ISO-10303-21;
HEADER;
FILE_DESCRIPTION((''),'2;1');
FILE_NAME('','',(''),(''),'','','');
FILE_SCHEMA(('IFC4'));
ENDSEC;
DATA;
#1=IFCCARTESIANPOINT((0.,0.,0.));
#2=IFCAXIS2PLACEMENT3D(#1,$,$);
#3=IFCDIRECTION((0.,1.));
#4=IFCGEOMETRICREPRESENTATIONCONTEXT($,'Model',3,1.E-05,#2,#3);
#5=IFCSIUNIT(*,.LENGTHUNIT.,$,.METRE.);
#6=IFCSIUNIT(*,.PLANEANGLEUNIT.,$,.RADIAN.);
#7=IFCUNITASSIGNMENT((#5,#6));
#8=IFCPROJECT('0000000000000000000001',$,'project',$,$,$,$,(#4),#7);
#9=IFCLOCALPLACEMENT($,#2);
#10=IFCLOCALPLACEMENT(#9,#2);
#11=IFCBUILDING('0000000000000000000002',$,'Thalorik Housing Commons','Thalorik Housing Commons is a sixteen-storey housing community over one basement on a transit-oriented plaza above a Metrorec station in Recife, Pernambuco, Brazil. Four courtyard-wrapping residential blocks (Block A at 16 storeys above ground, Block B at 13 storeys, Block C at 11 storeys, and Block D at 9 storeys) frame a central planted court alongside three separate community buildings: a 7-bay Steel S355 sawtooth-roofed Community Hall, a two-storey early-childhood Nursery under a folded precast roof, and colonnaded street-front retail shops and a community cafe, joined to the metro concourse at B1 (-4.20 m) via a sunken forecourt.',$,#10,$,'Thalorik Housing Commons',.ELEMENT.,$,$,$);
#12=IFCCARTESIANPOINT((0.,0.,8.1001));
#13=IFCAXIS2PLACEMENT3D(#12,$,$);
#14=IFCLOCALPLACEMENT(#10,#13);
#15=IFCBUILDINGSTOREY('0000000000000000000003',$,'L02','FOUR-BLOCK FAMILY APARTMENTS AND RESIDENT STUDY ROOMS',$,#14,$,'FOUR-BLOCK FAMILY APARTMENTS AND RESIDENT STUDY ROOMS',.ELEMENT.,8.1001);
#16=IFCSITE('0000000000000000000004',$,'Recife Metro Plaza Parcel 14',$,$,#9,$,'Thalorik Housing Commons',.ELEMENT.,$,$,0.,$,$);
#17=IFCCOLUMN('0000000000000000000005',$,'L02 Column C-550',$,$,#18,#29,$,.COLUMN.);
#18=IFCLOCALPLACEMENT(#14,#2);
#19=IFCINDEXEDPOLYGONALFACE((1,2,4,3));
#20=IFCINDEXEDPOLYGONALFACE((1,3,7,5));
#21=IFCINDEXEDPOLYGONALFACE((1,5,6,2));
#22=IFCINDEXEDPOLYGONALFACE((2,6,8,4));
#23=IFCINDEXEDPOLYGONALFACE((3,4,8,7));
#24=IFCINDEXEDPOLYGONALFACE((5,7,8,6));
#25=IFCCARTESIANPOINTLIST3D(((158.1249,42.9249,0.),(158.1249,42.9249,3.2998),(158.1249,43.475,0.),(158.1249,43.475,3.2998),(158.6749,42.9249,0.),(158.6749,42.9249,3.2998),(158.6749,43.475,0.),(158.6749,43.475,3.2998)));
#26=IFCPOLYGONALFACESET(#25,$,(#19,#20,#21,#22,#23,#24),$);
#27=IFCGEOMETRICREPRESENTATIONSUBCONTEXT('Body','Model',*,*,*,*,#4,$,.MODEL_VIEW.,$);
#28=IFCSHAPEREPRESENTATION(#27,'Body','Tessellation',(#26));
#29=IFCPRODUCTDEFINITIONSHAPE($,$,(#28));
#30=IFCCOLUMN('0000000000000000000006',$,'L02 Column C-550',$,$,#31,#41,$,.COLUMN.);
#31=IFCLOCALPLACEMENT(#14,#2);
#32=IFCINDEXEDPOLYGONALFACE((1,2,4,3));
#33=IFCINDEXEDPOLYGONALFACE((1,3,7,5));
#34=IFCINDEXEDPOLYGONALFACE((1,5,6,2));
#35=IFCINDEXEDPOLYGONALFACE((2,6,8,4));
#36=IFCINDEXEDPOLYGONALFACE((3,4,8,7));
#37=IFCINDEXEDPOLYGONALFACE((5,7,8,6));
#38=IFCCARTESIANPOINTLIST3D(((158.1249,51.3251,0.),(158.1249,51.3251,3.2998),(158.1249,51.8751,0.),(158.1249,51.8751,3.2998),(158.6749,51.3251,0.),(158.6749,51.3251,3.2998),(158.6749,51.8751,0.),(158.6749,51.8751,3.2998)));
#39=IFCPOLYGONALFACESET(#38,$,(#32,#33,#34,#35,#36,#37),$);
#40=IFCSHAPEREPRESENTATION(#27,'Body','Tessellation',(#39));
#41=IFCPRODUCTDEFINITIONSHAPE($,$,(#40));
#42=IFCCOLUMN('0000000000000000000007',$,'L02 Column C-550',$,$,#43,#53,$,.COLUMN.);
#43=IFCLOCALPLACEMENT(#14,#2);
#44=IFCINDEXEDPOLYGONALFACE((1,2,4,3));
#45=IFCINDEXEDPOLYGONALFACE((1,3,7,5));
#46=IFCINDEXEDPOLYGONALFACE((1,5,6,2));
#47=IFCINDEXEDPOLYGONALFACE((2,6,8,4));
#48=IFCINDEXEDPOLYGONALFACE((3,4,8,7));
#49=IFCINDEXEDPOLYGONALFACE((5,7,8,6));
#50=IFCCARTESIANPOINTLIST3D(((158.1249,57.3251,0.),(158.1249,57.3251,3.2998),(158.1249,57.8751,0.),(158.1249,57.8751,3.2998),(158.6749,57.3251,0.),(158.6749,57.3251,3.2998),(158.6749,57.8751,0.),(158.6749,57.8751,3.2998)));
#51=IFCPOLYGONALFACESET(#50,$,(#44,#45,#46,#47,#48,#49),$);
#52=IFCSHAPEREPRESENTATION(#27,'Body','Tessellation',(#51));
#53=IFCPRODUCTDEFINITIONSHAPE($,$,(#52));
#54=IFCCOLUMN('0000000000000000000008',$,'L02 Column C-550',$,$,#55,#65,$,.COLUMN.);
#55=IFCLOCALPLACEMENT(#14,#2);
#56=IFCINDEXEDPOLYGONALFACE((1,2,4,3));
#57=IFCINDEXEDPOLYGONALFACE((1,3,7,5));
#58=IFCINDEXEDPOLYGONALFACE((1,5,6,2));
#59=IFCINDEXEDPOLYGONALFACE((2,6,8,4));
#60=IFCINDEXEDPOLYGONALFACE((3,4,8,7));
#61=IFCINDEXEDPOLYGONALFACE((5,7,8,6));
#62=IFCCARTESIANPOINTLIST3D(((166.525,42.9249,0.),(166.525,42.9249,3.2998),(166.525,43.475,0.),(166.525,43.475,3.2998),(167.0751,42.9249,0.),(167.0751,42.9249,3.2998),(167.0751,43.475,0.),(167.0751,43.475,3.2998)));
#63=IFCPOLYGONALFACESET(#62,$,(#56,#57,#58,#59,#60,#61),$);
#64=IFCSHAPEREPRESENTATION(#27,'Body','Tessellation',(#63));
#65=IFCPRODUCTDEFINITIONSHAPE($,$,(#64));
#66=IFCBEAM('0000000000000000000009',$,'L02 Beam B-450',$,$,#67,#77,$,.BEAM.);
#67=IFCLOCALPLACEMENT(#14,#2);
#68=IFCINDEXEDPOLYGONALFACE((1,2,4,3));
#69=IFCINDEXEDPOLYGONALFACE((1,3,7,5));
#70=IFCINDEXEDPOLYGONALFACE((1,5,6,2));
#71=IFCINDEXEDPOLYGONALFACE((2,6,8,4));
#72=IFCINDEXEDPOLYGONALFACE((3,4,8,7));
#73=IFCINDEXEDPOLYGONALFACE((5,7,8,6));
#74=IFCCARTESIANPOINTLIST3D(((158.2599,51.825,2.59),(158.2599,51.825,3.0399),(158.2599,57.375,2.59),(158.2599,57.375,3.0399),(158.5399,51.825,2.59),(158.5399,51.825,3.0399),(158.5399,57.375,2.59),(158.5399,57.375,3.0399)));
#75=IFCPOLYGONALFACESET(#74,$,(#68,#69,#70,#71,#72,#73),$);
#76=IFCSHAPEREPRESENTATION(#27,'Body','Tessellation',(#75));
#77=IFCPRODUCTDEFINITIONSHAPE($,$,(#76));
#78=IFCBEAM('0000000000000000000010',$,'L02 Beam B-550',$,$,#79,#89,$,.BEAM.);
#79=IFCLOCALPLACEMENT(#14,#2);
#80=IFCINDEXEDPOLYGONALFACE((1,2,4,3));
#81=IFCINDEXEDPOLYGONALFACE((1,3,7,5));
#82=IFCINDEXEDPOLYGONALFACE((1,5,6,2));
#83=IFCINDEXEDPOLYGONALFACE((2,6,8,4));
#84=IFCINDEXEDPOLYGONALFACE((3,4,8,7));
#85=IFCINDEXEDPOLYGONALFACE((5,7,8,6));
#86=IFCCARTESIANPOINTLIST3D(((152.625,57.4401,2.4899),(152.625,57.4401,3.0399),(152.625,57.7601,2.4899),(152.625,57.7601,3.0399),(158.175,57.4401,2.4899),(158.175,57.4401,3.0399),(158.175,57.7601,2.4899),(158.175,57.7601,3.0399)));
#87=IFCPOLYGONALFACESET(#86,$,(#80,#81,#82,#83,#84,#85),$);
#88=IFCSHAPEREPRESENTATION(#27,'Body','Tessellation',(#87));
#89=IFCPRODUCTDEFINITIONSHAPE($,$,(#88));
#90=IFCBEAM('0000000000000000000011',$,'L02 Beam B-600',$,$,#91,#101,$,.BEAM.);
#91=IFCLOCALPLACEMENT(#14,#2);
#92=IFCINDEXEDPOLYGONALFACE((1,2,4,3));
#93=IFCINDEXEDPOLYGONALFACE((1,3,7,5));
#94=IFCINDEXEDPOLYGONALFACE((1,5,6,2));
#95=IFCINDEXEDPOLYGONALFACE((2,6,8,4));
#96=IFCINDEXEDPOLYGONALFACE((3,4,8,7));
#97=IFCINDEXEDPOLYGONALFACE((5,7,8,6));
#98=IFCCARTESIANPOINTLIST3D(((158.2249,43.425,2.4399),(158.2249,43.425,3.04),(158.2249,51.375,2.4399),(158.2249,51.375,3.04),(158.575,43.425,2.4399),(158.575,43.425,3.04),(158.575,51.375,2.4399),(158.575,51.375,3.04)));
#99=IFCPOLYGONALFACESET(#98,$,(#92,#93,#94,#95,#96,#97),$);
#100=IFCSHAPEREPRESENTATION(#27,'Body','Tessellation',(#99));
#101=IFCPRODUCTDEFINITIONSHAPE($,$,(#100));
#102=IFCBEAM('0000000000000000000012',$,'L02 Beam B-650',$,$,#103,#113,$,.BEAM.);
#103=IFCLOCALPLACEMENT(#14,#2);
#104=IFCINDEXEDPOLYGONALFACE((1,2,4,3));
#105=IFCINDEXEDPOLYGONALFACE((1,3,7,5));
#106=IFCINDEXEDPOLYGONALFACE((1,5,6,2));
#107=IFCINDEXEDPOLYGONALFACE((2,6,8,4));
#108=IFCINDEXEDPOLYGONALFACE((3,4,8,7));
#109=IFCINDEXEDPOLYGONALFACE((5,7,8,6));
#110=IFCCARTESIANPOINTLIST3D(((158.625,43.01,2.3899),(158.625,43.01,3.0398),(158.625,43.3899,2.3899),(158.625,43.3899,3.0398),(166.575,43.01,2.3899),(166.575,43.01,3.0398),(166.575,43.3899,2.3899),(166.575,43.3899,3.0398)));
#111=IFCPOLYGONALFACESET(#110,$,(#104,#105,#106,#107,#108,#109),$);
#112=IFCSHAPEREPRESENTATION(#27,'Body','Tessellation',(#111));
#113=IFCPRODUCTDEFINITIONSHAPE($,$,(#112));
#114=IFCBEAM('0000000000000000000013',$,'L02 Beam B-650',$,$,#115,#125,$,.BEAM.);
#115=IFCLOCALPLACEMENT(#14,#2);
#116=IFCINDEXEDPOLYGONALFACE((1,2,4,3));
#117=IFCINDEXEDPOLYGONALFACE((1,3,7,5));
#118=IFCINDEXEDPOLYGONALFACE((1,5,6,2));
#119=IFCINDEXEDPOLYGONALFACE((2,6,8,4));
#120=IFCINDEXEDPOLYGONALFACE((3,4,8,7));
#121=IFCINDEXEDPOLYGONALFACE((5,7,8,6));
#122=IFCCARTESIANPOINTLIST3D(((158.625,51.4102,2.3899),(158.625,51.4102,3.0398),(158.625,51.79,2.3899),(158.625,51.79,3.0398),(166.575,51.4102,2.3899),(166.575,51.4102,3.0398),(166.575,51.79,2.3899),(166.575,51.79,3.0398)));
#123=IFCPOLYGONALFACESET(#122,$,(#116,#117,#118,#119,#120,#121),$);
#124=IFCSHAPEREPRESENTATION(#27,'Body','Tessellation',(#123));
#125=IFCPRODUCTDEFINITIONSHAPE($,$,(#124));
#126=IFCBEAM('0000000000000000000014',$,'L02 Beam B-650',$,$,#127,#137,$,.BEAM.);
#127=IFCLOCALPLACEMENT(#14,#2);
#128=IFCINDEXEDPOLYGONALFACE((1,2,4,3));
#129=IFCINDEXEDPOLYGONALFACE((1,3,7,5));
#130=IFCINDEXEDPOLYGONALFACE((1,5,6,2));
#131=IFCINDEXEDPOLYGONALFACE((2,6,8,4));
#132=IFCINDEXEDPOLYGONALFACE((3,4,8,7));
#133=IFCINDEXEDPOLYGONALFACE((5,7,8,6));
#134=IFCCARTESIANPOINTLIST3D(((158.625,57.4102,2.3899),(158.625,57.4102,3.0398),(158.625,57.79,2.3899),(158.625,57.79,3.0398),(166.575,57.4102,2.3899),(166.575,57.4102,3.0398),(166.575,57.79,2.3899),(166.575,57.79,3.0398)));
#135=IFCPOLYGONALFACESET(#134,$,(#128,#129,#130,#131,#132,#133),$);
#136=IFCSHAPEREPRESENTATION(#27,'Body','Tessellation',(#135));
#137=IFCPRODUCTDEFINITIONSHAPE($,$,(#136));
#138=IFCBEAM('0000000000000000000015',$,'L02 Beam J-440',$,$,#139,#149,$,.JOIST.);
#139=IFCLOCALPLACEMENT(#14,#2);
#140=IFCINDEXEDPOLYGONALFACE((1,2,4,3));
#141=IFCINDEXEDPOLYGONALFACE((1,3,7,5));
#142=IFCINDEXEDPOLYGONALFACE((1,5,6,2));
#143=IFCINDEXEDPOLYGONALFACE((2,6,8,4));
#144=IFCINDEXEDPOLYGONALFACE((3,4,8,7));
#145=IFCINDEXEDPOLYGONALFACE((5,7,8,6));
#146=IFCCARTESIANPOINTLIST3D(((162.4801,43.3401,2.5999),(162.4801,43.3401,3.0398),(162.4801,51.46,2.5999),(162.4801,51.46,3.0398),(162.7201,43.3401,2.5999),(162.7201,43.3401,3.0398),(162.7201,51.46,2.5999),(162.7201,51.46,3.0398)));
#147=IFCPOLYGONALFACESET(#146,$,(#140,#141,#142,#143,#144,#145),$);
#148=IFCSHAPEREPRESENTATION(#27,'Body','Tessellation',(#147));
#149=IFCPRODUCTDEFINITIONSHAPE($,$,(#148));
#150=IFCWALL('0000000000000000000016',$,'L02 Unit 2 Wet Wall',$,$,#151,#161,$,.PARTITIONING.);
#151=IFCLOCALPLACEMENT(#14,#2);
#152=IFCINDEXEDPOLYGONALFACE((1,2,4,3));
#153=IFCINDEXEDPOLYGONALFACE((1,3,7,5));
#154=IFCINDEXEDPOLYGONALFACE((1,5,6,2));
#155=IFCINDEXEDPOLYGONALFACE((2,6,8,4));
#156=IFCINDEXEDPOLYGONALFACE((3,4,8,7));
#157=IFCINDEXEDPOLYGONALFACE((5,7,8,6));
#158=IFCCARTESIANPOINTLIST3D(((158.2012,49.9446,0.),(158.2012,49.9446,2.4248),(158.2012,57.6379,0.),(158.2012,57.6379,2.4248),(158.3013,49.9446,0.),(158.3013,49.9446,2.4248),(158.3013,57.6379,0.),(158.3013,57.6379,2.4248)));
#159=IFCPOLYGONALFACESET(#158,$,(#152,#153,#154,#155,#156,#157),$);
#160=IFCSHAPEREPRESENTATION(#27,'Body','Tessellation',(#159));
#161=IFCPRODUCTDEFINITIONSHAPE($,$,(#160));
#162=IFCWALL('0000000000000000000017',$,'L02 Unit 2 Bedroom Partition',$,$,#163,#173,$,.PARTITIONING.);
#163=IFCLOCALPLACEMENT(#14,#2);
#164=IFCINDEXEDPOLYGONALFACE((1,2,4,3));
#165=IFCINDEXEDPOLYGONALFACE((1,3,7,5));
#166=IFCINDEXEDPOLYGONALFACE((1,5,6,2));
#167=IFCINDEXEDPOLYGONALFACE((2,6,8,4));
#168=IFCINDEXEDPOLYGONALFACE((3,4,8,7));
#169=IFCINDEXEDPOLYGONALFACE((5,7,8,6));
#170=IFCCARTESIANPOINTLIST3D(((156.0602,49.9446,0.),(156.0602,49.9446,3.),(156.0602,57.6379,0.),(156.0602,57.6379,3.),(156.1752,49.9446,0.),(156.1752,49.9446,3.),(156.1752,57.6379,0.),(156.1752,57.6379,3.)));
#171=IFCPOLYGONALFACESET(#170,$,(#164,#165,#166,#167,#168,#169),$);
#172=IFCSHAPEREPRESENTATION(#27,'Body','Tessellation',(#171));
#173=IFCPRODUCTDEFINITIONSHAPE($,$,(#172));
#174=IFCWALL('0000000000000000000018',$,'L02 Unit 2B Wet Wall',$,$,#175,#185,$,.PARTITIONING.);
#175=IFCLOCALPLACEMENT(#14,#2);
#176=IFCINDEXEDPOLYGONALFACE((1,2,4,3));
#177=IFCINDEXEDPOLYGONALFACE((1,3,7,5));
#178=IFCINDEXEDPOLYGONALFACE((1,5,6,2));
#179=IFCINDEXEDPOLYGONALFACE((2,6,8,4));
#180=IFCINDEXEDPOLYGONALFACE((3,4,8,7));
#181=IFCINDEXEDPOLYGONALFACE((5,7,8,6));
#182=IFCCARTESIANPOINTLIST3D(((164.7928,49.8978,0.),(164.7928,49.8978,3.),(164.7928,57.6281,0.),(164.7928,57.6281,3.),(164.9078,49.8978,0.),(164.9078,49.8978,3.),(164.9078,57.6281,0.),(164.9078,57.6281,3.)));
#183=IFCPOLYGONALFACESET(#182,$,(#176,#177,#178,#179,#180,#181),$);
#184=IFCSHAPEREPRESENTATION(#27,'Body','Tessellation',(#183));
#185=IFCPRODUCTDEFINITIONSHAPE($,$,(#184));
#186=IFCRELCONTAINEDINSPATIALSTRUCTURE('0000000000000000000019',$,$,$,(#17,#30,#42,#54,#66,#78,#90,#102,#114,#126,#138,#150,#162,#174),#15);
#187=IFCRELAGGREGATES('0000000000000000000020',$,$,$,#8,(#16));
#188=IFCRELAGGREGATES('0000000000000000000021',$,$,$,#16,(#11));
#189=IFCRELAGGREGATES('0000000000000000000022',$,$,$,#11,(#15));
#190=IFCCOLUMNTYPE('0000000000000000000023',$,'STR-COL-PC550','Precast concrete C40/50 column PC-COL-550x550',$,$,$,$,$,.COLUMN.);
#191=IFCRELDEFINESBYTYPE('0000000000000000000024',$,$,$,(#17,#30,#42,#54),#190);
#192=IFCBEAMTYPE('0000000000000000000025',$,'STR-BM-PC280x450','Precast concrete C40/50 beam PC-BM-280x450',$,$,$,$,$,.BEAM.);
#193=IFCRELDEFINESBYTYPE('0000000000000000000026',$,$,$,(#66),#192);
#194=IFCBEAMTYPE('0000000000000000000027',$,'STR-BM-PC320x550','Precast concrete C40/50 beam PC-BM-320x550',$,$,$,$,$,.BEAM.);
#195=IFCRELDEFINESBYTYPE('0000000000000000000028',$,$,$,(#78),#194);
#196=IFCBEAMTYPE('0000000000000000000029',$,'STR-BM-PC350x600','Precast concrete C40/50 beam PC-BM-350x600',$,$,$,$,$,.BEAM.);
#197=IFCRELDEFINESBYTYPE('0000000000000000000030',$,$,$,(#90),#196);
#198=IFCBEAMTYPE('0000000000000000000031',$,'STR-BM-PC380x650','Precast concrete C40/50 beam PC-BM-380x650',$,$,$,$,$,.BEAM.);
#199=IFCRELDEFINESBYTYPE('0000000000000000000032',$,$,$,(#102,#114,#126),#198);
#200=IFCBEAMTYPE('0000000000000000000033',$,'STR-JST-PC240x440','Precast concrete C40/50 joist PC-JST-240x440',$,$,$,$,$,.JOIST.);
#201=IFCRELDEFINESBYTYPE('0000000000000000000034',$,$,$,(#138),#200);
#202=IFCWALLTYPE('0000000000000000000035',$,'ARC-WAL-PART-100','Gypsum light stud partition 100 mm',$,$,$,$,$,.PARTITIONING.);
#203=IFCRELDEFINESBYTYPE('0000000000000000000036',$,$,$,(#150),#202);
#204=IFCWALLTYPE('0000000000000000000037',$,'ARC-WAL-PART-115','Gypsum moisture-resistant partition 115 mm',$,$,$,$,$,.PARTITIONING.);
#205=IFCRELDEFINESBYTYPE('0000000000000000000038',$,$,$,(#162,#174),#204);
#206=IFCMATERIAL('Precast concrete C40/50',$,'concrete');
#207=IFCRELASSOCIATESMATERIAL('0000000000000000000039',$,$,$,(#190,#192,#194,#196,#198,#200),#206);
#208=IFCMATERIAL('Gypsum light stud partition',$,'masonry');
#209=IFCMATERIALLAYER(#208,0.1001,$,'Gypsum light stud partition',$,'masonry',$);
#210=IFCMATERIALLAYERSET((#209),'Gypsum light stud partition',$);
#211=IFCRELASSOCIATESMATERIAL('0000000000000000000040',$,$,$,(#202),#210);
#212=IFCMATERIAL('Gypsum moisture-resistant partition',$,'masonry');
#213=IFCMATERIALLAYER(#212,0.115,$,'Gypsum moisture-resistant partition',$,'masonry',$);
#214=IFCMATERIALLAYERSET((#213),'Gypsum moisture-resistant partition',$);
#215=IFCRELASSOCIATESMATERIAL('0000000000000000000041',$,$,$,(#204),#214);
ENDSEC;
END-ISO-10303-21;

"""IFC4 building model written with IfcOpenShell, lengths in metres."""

from ifc_helpers import new_model, si_unit, direction, frame, frame_2d, origin, origin_2d, place, context, subcontext, project, spatial, rectangle, extrude, material, layer, layer_set, material_profile, profile_set, type_object, element, save


model = new_model("IFC4")

# Units and contexts
model_context = context("Model", 3, precision=1e-05, world=origin(), true_north=direction((0.0, 1.0)))
body_context = subcontext(model_context, "Body", "Model", "MODEL_VIEW")
ifc_project = project(units=[si_unit("LENGTHUNIT", "METRE"), si_unit("PLANEANGLEUNIT", "RADIAN")], contexts=[model_context])

# Site, building, storey
site_placement = place(None, origin())
site = spatial("IfcSite", under=ifc_project, at=site_placement, Name="Recife Metro Plaza Parcel 14", LongName="Thalorik Housing Commons", CompositionType="ELEMENT", RefElevation=0.0)
building_placement = place(site_placement, origin())
building = spatial("IfcBuilding", under=site, at=building_placement, Name="Thalorik Housing Commons", Description="Thalorik Housing Commons is a sixteen-storey housing community over one basement on a transit-oriented plaza above a Metrorec station in Recife, Pernambuco, Brazil. Four courtyard-wrapping residential blocks (Block A at 16 storeys above ground, Block B at 13 storeys, Block C at 11 storeys, and Block D at 9 storeys) frame a central planted court alongside three separate community buildings: a 7-bay Steel S355 sawtooth-roofed Community Hall, a two-storey early-childhood Nursery under a folded precast roof, and colonnaded street-front retail shops and a community cafe, joined to the metro concourse at B1 (-4.20 m) via a sunken forecourt.", LongName="Thalorik Housing Commons", CompositionType="ELEMENT")
storey_placement = place(building_placement, frame((0.0, 0.0, 8.1001)))
storey = spatial("IfcBuildingStorey", under=building, at=storey_placement, Name="L02", Description="FOUR-BLOCK FAMILY APARTMENTS AND RESIDENT STUDY ROOMS", LongName="FOUR-BLOCK FAMILY APARTMENTS AND RESIDENT STUDY ROOMS", CompositionType="ELEMENT", Elevation=8.1001)

# Columns
ifc_material_1 = material(Name="Precast concrete C40/50", Category="concrete")
ifc_material_profile_1 = material_profile(ifc_material_1, rectangle(XDim=0.55, YDim=0.55, at=origin_2d()), Name="PC 550x550", Category="concrete")
ifc_profile_set_1 = profile_set([ifc_material_profile_1], Name="Precast concrete C40/50")
column_type = type_object("IfcColumnType", Name="STR-COL-PC550", Description="Precast concrete C40/50 column PC-COL-550x550", PredefinedType="COLUMN", material=ifc_profile_set_1)
for number, where, z_axis, x_axis, name in (
    (1, (158.3999, 43.2, 0.0), (0.0, 0.0, 1.0), (1.0, 0.0, 0.0), "L02 Column C-550"),
    (2, (158.3999, 51.6001, 0.0), (0.0, 0.0, 1.0), (1.0, 0.0, 0.0), "L02 Column C-550"),
    (3, (158.3999, 57.6001, 0.0), (0.0, 0.0, 1.0), (1.0, 0.0, 0.0), "L02 Column C-550"),
    (4, (166.8, 43.2, 0.0), (0.0, 0.0, 1.0), (1.0, 0.0, 0.0), "L02 Column C-550"),
):
    element("IfcColumn", number, at=place(storey_placement, frame(where, z_axis=z_axis, x_axis=x_axis)), inside=storey, type_object=column_type, Name=name, PredefinedType="COLUMN", context=body_context, shape_type="SweptSolid", body=[
        extrude(rectangle(XDim=0.55, YDim=0.55, at=origin_2d()), origin(), (0.0, 0.0, 1.0), 3.2998),
    ])

# Beams
ifc_material_profile_2 = material_profile(ifc_material_1, rectangle(XDim=0.28, YDim=0.45, at=origin_2d()), Name="PC 280x450", Category="concrete")
ifc_profile_set_2 = profile_set([ifc_material_profile_2], Name="Precast concrete C40/50")
beam_type_1 = type_object("IfcBeamType", Name="STR-BM-PC280x450", Description="Precast concrete C40/50 beam PC-BM-280x450", PredefinedType="BEAM", material=ifc_profile_set_2)
beam_1_placement = place(storey_placement, frame((158.3999, 51.825, 2.8149), z_axis=(0.0, 1.0, 0.0), x_axis=(-1.0, 0.0, 0.0)))
element("IfcBeam", 5, at=beam_1_placement, inside=storey, type_object=beam_type_1, Name="L02 Beam B-450", PredefinedType="BEAM", context=body_context, shape_type="SweptSolid", body=[
    extrude(rectangle(XDim=0.28, YDim=0.45, at=origin_2d()), origin(), (0.0, 0.0, 1.0), 5.55),
])
ifc_material_profile_3 = material_profile(ifc_material_1, rectangle(XDim=0.3201, YDim=0.55, at=origin_2d()), Name="PC 320x550", Category="concrete")
ifc_profile_set_3 = profile_set([ifc_material_profile_3], Name="Precast concrete C40/50")
beam_type_2 = type_object("IfcBeamType", Name="STR-BM-PC320x550", Description="Precast concrete C40/50 beam PC-BM-320x550", PredefinedType="BEAM", material=ifc_profile_set_3)
beam_2_placement = place(storey_placement, frame((152.625, 57.6001, 2.7649), z_axis=(1.0, 0.0, 0.0), x_axis=(0.0, 1.0, 0.0)))
element("IfcBeam", 6, at=beam_2_placement, inside=storey, type_object=beam_type_2, Name="L02 Beam B-550", PredefinedType="BEAM", context=body_context, shape_type="SweptSolid", body=[
    extrude(rectangle(XDim=0.3201, YDim=0.55, at=origin_2d()), origin(), (0.0, 0.0, 1.0), 5.55),
])
ifc_material_profile_4 = material_profile(ifc_material_1, rectangle(XDim=0.3501, YDim=0.6001, at=origin_2d()), Name="PC 350x600", Category="concrete")
ifc_profile_set_4 = profile_set([ifc_material_profile_4], Name="Precast concrete C40/50")
beam_type_3 = type_object("IfcBeamType", Name="STR-BM-PC350x600", Description="Precast concrete C40/50 beam PC-BM-350x600", PredefinedType="BEAM", material=ifc_profile_set_4)
beam_3_placement = place(storey_placement, frame((158.3999, 43.425, 2.74), z_axis=(0.0, 1.0, 0.0), x_axis=(-1.0, 0.0, 0.0)))
element("IfcBeam", 7, at=beam_3_placement, inside=storey, type_object=beam_type_3, Name="L02 Beam B-600", PredefinedType="BEAM", context=body_context, shape_type="SweptSolid", body=[
    extrude(rectangle(XDim=0.3501, YDim=0.6001, at=origin_2d()), origin(), (0.0, 0.0, 1.0), 7.95),
])
ifc_material_profile_5 = material_profile(ifc_material_1, rectangle(XDim=0.3799, YDim=0.6499, at=origin_2d()), Name="PC 380x650", Category="concrete")
ifc_profile_set_5 = profile_set([ifc_material_profile_5], Name="Precast concrete C40/50")
beam_type_4 = type_object("IfcBeamType", Name="STR-BM-PC380x650", Description="Precast concrete C40/50 beam PC-BM-380x650", PredefinedType="BEAM", material=ifc_profile_set_5)
for number, where, z_axis, x_axis, name in (
    (8, (158.625, 43.2, 2.7148), (1.0, 0.0, 0.0), (0.0, 1.0, 0.0), "L02 Beam B-650"),
    (9, (158.625, 51.6001, 2.7148), (1.0, 0.0, 0.0), (0.0, 1.0, 0.0), "L02 Beam B-650"),
    (10, (158.625, 57.6001, 2.7148), (1.0, 0.0, 0.0), (0.0, 1.0, 0.0), "L02 Beam B-650"),
):
    element("IfcBeam", number, at=place(storey_placement, frame(where, z_axis=z_axis, x_axis=x_axis)), inside=storey, type_object=beam_type_4, Name=name, PredefinedType="BEAM", context=body_context, shape_type="SweptSolid", body=[
        extrude(rectangle(XDim=0.3799, YDim=0.6499, at=origin_2d()), origin(), (0.0, 0.0, 1.0), 7.95),
    ])
ifc_material_profile_6 = material_profile(ifc_material_1, rectangle(XDim=0.24, YDim=0.4399, at=origin_2d()), Name="PC JST 240x440", Category="concrete")
ifc_profile_set_6 = profile_set([ifc_material_profile_6], Name="Precast concrete C40/50")
beam_type_5 = type_object("IfcBeamType", Name="STR-JST-PC240x440", Description="Precast concrete C40/50 joist PC-JST-240x440", PredefinedType="JOIST", material=ifc_profile_set_6)
beam_4_placement = place(storey_placement, frame((162.6001, 43.3401, 2.8198), z_axis=(0.0, 1.0, 0.0), x_axis=(-1.0, 0.0, 0.0)))
element("IfcBeam", 11, at=beam_4_placement, inside=storey, type_object=beam_type_5, Name="L02 Beam J-440", PredefinedType="JOIST", context=body_context, shape_type="SweptSolid", body=[
    extrude(rectangle(XDim=0.24, YDim=0.4399, at=origin_2d()), origin(), (0.0, 0.0, 1.0), 8.1199),
])

# Walls
ifc_material_2 = material(Name="Gypsum light stud partition", Category="masonry")
ifc_layer_1 = layer(ifc_material_2, 0.1001, Name="Gypsum light stud partition", Category="masonry")
ifc_layer_set_1 = layer_set([ifc_layer_1], Name="Gypsum light stud partition")
wall_type_1 = type_object("IfcWallType", Name="ARC-WAL-PART-100", Description="Gypsum light stud partition 100 mm", PredefinedType="PARTITIONING", material=ifc_layer_set_1)
wall_1_placement = place(storey_placement, frame((158.2512, 49.9446, 0.0), z_axis=(0.0, 0.0, 1.0), x_axis=(0.0, 1.0, 0.0)))
element("IfcWall", 12, at=wall_1_placement, inside=storey, type_object=wall_type_1, Name="L02 Unit 2 Wet Wall", PredefinedType="PARTITIONING", context=body_context, shape_type="SweptSolid", body=[
    extrude(rectangle(XDim=7.6934, YDim=0.1001, at=frame_2d((3.8467, 0.0))), origin(), (0.0, 0.0, 1.0), 2.4248),
])
ifc_material_3 = material(Name="Gypsum moisture-resistant partition", Category="masonry")
ifc_layer_2 = layer(ifc_material_3, 0.115, Name="Gypsum moisture-resistant partition", Category="masonry")
ifc_layer_set_2 = layer_set([ifc_layer_2], Name="Gypsum moisture-resistant partition")
wall_type_2 = type_object("IfcWallType", Name="ARC-WAL-PART-115", Description="Gypsum moisture-resistant partition 115 mm", PredefinedType="PARTITIONING", material=ifc_layer_set_2)
wall_2_placement = place(storey_placement, frame((156.1177, 49.9446, 0.0), z_axis=(0.0, 0.0, 1.0), x_axis=(0.0, 1.0, 0.0)))
element("IfcWall", 13, at=wall_2_placement, inside=storey, type_object=wall_type_2, Name="L02 Unit 2 Bedroom Partition", PredefinedType="PARTITIONING", context=body_context, shape_type="SweptSolid", body=[
    extrude(rectangle(XDim=7.6934, YDim=0.115, at=frame_2d((3.8467, 0.0))), origin(), (0.0, 0.0, 1.0), 3.0),
])
wall_3_placement = place(storey_placement, frame((164.8503, 49.8977, 0.0), z_axis=(0.0, 0.0, 1.0), x_axis=(0.0, 1.0, 0.0)))
element("IfcWall", 14, at=wall_3_placement, inside=storey, type_object=wall_type_2, Name="L02 Unit 2B Wet Wall", PredefinedType="PARTITIONING", context=body_context, shape_type="SweptSolid", body=[
    extrude(rectangle(XDim=7.7302, YDim=0.115, at=frame_2d((3.8652, 0.0))), origin(), (0.0, 0.0, 1.0), 3.0),
])

save(model, "model.ifc")
